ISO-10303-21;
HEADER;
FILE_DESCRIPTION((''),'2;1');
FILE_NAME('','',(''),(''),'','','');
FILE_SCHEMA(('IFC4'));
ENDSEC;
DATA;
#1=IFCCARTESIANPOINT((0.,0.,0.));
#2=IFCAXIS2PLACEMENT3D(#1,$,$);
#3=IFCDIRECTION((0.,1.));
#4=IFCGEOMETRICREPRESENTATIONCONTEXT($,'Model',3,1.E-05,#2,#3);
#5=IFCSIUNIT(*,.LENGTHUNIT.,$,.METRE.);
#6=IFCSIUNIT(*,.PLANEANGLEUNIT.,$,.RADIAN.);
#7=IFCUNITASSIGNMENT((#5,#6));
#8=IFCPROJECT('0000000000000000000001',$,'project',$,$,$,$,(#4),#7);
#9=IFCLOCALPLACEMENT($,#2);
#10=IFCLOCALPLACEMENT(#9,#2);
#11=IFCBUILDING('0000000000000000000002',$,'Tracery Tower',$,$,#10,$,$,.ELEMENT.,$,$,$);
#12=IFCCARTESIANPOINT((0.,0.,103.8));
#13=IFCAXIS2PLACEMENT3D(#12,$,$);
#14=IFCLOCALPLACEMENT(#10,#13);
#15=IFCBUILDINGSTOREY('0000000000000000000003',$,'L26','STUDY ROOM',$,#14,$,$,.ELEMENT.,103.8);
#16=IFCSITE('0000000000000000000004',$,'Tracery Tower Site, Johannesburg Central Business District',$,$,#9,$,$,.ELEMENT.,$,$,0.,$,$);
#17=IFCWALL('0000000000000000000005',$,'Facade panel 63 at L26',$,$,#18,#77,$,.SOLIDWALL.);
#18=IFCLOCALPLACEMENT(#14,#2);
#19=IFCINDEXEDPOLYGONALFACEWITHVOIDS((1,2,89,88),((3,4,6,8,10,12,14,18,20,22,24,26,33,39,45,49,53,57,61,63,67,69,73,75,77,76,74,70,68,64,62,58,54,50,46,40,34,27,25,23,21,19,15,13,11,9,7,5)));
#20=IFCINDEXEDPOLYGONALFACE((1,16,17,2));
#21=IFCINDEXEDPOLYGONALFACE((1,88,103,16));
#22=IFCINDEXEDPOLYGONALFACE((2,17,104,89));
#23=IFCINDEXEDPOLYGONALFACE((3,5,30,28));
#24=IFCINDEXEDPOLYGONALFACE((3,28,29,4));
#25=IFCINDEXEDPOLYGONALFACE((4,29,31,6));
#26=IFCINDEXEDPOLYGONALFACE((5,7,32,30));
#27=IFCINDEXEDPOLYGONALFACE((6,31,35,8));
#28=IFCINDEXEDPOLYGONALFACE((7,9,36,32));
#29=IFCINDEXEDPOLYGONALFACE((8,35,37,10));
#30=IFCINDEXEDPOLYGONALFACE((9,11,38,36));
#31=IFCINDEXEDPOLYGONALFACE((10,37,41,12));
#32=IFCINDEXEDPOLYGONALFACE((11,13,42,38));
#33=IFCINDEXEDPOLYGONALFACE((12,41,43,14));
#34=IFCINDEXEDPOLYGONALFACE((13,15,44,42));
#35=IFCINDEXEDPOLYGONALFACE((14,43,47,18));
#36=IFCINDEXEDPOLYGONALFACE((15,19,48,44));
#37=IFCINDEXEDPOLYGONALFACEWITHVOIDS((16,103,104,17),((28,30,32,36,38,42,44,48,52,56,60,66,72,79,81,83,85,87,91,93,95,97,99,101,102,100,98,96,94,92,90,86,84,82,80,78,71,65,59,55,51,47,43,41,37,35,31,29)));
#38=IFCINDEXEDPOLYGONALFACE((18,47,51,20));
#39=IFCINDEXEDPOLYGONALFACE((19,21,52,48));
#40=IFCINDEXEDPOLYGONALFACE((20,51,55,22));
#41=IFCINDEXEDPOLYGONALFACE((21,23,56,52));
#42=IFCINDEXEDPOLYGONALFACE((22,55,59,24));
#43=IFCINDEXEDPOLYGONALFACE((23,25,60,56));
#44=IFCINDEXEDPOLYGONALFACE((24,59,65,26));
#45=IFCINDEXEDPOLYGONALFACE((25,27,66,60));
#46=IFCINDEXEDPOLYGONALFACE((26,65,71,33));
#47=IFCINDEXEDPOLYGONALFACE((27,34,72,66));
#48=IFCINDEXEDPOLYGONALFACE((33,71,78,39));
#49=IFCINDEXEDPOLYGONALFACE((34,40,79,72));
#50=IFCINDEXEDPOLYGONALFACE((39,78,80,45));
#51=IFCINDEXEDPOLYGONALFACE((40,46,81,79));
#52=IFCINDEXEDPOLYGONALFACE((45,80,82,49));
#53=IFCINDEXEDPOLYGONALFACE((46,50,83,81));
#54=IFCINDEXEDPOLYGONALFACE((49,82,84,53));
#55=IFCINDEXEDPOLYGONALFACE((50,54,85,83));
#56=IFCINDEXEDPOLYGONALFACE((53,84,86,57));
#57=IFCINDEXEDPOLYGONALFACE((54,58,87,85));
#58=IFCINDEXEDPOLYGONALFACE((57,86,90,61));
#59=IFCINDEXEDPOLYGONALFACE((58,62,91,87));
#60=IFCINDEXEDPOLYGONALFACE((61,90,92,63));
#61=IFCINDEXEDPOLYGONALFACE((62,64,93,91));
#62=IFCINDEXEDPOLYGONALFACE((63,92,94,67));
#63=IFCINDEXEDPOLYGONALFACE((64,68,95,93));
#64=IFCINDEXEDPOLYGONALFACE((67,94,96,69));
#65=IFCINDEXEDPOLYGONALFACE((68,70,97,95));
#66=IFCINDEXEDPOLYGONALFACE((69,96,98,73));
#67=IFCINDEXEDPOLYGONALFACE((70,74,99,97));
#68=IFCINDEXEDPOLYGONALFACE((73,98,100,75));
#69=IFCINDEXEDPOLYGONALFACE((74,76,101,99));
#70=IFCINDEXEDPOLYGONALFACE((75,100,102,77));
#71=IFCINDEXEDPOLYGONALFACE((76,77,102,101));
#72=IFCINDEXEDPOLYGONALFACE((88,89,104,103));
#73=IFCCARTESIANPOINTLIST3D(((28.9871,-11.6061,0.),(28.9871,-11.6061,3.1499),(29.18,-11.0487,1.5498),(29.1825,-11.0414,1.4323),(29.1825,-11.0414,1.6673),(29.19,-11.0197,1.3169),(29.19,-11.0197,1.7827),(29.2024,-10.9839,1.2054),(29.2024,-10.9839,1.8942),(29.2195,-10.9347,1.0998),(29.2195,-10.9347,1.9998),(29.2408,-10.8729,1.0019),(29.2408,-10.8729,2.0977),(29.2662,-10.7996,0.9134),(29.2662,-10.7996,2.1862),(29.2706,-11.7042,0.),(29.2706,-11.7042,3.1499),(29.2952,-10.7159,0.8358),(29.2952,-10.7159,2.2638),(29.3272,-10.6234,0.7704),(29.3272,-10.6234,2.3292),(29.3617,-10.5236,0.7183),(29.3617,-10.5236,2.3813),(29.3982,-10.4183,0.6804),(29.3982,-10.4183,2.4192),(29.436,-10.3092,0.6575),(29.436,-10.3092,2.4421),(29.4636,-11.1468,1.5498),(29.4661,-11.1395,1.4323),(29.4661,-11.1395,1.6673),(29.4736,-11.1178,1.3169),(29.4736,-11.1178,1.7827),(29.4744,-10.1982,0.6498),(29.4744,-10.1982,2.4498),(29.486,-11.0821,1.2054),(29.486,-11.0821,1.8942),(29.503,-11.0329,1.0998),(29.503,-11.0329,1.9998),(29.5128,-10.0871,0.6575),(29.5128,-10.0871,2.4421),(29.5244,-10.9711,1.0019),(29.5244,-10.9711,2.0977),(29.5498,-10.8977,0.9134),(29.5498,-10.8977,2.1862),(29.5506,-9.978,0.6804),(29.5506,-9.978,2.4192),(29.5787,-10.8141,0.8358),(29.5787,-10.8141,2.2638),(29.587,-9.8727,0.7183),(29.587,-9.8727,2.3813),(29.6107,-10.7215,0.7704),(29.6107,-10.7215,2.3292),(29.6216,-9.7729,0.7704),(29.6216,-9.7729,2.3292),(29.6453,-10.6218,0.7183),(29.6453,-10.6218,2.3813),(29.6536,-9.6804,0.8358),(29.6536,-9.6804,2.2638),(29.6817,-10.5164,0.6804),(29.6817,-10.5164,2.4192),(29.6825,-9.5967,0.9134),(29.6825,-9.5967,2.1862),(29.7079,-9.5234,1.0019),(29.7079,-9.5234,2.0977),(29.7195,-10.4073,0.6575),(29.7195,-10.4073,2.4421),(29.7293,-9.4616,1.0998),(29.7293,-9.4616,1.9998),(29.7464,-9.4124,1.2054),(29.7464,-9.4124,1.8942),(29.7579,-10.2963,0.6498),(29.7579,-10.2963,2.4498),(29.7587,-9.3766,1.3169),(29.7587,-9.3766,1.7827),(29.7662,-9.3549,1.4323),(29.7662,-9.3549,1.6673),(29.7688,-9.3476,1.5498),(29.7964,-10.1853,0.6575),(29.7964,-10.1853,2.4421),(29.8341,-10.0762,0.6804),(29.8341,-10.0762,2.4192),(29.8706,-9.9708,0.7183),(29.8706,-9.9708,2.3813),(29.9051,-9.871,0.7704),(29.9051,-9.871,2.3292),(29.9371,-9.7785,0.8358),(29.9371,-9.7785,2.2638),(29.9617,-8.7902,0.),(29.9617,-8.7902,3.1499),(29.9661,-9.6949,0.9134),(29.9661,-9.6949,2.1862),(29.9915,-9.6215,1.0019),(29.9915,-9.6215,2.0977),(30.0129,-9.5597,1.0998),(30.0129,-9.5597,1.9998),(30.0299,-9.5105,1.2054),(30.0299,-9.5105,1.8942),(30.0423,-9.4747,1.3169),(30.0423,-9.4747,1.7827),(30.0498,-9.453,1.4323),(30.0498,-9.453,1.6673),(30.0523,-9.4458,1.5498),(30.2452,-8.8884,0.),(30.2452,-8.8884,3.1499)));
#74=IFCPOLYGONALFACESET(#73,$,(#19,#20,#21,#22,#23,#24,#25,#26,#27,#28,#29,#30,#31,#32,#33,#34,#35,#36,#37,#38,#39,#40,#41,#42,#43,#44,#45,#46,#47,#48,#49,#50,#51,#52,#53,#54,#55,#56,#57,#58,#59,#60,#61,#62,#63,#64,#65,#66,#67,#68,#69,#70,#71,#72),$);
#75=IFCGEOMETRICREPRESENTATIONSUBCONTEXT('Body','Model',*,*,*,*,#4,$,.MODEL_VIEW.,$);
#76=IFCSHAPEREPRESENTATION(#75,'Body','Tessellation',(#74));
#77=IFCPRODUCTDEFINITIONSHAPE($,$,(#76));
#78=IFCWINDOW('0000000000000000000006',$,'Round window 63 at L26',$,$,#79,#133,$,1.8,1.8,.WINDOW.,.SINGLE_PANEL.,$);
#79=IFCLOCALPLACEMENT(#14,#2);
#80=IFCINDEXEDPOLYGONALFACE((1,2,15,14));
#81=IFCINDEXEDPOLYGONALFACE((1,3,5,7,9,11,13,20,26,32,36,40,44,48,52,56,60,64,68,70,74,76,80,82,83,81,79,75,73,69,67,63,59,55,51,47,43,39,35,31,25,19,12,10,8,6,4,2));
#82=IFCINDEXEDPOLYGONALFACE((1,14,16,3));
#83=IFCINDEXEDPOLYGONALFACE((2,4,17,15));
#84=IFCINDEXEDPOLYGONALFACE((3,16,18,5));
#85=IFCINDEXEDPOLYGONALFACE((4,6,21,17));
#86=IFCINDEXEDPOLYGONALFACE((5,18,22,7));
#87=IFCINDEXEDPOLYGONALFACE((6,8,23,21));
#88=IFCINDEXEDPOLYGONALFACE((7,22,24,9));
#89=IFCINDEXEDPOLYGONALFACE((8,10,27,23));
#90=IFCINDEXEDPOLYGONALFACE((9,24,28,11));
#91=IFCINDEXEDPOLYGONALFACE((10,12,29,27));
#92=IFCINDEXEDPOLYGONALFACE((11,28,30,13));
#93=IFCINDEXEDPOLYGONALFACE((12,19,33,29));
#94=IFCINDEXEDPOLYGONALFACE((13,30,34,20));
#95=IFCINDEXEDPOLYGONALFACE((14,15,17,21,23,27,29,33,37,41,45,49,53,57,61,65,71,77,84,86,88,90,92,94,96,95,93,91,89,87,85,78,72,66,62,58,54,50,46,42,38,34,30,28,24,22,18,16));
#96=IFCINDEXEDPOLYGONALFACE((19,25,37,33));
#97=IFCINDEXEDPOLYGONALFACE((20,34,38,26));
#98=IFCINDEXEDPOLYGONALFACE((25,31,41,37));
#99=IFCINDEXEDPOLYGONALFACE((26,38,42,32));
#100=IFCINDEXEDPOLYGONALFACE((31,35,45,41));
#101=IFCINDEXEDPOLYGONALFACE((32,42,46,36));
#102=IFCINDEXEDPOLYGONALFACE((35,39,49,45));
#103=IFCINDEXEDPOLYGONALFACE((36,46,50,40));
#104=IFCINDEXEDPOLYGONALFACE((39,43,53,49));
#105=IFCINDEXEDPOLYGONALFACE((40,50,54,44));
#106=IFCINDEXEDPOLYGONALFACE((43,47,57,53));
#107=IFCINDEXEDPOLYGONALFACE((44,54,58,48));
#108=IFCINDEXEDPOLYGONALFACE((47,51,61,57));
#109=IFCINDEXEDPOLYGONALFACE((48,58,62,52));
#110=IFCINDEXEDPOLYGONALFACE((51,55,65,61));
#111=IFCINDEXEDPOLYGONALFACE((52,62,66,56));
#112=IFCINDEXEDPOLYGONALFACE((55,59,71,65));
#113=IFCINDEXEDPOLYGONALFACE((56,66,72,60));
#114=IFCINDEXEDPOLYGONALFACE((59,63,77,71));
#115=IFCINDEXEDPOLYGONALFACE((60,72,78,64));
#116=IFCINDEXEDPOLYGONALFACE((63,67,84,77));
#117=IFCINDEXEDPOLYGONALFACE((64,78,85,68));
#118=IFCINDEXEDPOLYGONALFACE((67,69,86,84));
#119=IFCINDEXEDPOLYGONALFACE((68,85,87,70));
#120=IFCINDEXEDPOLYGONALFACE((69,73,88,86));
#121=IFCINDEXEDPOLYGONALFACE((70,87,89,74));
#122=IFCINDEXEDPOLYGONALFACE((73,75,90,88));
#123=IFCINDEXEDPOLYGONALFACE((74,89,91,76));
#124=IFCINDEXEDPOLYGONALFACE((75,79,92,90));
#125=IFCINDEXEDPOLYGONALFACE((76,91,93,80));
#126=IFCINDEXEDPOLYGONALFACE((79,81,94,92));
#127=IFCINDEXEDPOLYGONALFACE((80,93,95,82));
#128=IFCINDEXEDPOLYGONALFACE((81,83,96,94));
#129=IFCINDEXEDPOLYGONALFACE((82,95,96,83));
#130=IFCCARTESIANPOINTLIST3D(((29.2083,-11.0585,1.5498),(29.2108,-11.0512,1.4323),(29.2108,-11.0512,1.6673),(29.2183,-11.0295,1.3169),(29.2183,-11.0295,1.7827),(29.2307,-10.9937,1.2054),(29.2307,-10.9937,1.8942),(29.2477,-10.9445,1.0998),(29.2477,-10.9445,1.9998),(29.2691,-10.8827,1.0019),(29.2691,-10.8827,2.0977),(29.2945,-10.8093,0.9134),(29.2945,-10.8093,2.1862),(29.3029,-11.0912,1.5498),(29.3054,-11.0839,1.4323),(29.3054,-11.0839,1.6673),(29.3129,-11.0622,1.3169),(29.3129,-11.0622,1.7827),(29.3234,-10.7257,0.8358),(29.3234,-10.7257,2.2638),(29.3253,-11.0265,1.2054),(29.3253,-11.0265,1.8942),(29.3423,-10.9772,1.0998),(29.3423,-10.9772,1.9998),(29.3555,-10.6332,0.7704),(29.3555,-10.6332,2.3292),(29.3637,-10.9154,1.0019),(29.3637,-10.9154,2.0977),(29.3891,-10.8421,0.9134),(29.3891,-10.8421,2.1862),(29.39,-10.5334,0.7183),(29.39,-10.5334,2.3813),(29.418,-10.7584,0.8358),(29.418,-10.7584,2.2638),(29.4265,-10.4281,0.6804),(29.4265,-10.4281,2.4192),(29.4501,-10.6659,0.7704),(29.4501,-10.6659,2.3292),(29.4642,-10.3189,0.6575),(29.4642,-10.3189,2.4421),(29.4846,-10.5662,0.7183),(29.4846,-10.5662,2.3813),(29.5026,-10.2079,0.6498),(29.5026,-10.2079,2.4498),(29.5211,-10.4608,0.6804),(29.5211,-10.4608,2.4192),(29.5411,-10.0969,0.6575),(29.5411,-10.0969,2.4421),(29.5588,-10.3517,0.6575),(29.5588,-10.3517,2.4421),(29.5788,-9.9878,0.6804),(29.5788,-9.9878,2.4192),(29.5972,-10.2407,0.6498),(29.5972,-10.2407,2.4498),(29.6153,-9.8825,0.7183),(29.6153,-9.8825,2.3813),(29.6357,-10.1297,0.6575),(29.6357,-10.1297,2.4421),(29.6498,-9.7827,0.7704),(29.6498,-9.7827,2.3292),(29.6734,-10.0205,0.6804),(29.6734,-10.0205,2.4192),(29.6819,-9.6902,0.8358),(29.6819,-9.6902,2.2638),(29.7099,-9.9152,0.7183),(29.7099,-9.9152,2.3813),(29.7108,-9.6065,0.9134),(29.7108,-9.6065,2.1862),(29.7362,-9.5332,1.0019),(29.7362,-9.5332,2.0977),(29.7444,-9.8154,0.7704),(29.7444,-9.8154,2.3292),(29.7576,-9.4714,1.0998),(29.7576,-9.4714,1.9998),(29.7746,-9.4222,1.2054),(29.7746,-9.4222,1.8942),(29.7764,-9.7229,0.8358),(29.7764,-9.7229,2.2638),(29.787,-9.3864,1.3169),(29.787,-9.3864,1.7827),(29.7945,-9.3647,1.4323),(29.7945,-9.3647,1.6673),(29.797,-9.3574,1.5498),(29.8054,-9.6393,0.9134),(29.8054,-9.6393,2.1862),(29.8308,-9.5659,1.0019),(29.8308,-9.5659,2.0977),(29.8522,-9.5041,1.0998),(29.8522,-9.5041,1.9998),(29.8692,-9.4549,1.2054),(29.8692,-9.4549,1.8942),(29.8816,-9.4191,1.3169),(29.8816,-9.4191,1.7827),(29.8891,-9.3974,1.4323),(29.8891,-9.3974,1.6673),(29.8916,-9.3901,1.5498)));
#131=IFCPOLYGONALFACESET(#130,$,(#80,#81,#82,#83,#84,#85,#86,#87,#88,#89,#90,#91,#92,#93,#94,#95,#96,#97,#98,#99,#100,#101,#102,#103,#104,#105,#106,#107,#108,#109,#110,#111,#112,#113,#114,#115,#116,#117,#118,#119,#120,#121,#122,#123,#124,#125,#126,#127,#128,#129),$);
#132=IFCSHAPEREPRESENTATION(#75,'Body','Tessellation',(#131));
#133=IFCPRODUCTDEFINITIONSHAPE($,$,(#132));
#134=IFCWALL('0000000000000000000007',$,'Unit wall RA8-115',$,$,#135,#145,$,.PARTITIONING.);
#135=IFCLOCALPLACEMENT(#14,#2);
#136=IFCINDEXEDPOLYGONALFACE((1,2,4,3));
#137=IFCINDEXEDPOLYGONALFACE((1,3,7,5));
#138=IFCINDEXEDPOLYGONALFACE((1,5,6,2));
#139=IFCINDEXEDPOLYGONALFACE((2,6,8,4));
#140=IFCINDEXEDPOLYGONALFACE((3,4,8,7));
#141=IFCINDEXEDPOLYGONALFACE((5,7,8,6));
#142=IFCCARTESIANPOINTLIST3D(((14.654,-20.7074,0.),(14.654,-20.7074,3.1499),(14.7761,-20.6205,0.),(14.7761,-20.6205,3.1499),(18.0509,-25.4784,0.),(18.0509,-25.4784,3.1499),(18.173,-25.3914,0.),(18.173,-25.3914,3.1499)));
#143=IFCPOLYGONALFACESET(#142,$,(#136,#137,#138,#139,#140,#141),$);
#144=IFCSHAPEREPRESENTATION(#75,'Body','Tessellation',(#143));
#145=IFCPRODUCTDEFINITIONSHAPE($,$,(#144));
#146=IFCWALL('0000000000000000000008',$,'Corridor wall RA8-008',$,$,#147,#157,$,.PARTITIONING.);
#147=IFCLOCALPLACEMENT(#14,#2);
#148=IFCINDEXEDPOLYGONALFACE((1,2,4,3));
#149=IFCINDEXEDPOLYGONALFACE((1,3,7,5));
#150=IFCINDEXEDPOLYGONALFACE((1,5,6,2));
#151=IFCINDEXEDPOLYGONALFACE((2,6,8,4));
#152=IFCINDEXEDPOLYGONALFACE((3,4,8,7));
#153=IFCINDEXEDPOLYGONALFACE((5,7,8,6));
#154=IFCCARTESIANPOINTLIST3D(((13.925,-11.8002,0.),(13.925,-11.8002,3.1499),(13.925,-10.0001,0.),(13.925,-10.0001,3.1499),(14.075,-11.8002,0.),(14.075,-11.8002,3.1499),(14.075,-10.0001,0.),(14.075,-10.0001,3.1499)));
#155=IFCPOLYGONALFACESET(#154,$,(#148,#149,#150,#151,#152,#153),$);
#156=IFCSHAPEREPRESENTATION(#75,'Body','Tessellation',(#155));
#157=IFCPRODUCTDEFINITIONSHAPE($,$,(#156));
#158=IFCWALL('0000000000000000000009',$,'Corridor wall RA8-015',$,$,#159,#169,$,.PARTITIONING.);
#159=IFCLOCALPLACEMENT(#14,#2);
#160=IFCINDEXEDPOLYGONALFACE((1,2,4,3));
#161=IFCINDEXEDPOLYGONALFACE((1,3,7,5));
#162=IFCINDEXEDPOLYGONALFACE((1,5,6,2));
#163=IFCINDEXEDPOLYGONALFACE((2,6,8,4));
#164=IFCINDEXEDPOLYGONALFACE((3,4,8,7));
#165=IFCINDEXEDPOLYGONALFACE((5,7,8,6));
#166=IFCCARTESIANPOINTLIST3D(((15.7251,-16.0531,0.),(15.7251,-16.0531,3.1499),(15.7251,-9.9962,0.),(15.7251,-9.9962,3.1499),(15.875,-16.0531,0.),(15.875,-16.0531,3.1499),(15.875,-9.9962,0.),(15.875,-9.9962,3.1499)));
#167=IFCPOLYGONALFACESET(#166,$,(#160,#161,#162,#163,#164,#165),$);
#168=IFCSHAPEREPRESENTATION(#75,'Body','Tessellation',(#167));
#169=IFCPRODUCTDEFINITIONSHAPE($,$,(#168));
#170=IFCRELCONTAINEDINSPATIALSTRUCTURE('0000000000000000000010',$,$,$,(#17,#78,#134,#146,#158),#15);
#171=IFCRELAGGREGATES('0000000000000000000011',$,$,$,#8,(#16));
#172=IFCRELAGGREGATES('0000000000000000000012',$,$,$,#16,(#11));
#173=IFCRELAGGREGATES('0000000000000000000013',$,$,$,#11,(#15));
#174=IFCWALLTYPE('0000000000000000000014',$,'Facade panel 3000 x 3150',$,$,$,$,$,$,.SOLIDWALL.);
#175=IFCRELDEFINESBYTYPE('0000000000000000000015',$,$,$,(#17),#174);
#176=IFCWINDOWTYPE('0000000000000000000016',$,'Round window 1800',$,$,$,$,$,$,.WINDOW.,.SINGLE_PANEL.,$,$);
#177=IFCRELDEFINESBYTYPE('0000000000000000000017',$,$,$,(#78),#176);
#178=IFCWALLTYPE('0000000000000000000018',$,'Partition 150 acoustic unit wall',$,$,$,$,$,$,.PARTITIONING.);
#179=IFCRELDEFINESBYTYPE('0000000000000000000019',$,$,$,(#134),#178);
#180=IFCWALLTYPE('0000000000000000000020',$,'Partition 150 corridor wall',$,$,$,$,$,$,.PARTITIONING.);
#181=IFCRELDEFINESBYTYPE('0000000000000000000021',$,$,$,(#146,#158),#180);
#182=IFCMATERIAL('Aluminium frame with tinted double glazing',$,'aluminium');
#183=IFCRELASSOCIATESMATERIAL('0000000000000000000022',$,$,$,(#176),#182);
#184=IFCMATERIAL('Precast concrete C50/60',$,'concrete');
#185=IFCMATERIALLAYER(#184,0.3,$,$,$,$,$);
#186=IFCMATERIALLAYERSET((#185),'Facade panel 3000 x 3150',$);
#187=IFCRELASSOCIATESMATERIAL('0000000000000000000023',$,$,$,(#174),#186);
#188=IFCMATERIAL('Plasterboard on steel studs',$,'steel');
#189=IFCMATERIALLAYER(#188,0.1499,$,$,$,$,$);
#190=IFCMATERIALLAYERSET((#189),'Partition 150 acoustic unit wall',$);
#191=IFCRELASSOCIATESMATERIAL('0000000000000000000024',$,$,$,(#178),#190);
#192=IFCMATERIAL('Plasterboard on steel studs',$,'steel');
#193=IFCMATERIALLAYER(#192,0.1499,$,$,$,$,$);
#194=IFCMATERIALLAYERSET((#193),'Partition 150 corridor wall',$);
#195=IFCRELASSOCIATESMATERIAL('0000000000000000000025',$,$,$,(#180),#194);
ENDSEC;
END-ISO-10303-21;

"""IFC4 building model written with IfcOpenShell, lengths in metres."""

from ifc_helpers import new_model, si_unit, direction, frame, frame_2d, origin, origin_2d, place, context, subcontext, project, spatial, rectangle, circle, extrude, material, layer, layer_set, type_object, element, fill, save


model = new_model("IFC4")

# Units and contexts
model_context = context("Model", 3, precision=1e-05, world=origin(), true_north=direction((0.0, 1.0)))
body_context = subcontext(model_context, "Body", "Model", "MODEL_VIEW")
ifc_project = project(units=[si_unit("LENGTHUNIT", "METRE"), si_unit("PLANEANGLEUNIT", "RADIAN")], contexts=[model_context])

# Site, building, storey
site_placement = place(None, origin())
site = spatial("IfcSite", under=ifc_project, at=site_placement, Name="Tracery Tower Site, Johannesburg Central Business District", CompositionType="ELEMENT", RefElevation=0.0)
building_placement = place(site_placement, origin())
building = spatial("IfcBuilding", under=site, at=building_placement, Name="Tracery Tower", CompositionType="ELEMENT")
storey_placement = place(building_placement, frame((0.0, 0.0, 103.8)))
storey = spatial("IfcBuildingStorey", under=building, at=storey_placement, Name="L26", Description="STUDY ROOM", CompositionType="ELEMENT", Elevation=103.8)

# Wall, opening, window
ifc_material_1 = material(Name="Aluminium frame with tinted double glazing", Category="aluminium")
window_type = type_object("IfcWindowType", Name="Round window 1800", PartitioningType="SINGLE_PANEL", PredefinedType="WINDOW", material=ifc_material_1)
ifc_material_2 = material(Name="Precast concrete C50/60", Category="concrete")
ifc_layer_1 = layer(ifc_material_2, 0.3)
ifc_layer_set_1 = layer_set([ifc_layer_1], Name="Facade panel 3000 x 3150")
wall_type_1 = type_object("IfcWallType", Name="Facade panel 3000 x 3150", PredefinedType="SOLIDWALL", material=ifc_layer_set_1)
wall_1_placement = place(storey_placement, frame((29.1289, -11.655, 0.0), z_axis=(0.0, 0.0, 1.0), x_axis=(0.327071, 0.945, 0.0)))
wall_1 = element("IfcWall", 1, at=wall_1_placement, inside=storey, type_object=wall_type_1, Name="Facade panel 63 at L26", PredefinedType="SOLIDWALL", context=body_context, shape_type="SweptSolid", body=[
    extrude(rectangle(XDim=2.9797, YDim=0.3, at=frame_2d((1.4897, 0.0))), origin(), (0.0, 0.0, 1.0), 3.1499),
])
opening_1_placement = place(wall_1_placement, frame((1.4897, 0.0, 1.5498)))
opening_1 = element("IfcOpeningElement", 2, at=opening_1_placement, cuts=wall_1, PredefinedType="OPENING", context=body_context, shape_type="SweptSolid", body=[
    extrude(circle(Radius=0.9, at=origin_2d()), frame((0.0, 0.1599, 0.0), z_axis=(0.0, -1.0, 0.0), x_axis=(1.0, 0.0, 0.0)), (0.0, 0.0, 1.0), 0.3201),
])
window_1_placement = place(opening_1_placement, origin())
window_1 = element("IfcWindow", 3, at=window_1_placement, inside=storey, type_object=window_type, Name="Round window 63 at L26", OverallHeight=1.8, OverallWidth=1.8, PartitioningType="SINGLE_PANEL", PredefinedType="WINDOW", context=body_context, shape_type="SweptSolid", body=[
    extrude(circle(Radius=0.9, at=origin_2d()), frame((0.0, 0.1201, 0.0), z_axis=(0.0, -1.0, 0.0), x_axis=(1.0, 0.0, 0.0)), (0.0, 0.0, 1.0), 0.1001),
])
fill(opening_1, window_1)

# Walls
ifc_material_3 = material(Name="Plasterboard on steel studs", Category="steel")
ifc_layer_2 = layer(ifc_material_3, 0.1499)
ifc_layer_set_2 = layer_set([ifc_layer_2], Name="Partition 150 acoustic unit wall")
wall_type_2 = type_object("IfcWallType", Name="Partition 150 acoustic unit wall", PredefinedType="PARTITIONING", material=ifc_layer_set_2)
wall_2_placement = place(storey_placement, frame((14.7151, -20.6641, 0.0), z_axis=(0.0, 0.0, 1.0), x_axis=(0.580007, -0.814611, 0.0)))
element("IfcWall", 4, at=wall_2_placement, inside=storey, type_object=wall_type_2, Name="Unit wall RA8-115", PredefinedType="PARTITIONING", context=body_context, shape_type="SweptSolid", body=[
    extrude(rectangle(XDim=5.8567, YDim=0.1499, at=frame_2d((2.9282, 0.0))), origin(), (0.0, 0.0, 1.0), 3.1499),
])
ifc_material_4 = material(Name="Plasterboard on steel studs", Category="steel")
ifc_layer_3 = layer(ifc_material_4, 0.1499)
ifc_layer_set_3 = layer_set([ifc_layer_3], Name="Partition 150 corridor wall")
wall_type_3 = type_object("IfcWallType", Name="Partition 150 corridor wall", PredefinedType="PARTITIONING", material=ifc_layer_set_3)
wall_3_placement = place(storey_placement, frame((14.0, -11.8, 0.0), z_axis=(0.0, 0.0, 1.0), x_axis=(0.0, 1.0, 0.0)))
element("IfcWall", 5, at=wall_3_placement, inside=storey, type_object=wall_type_3, Name="Corridor wall RA8-008", PredefinedType="PARTITIONING", context=body_context, shape_type="SweptSolid", body=[
    extrude(rectangle(XDim=1.8, YDim=0.1499, at=frame_2d((0.8999, 0.0))), origin(), (0.0, 0.0, 1.0), 3.1499),
])
wall_4_placement = place(storey_placement, frame((15.8, -16.053, 0.0), z_axis=(0.0, 0.0, 1.0), x_axis=(0.0, 1.0, 0.0)))
element("IfcWall", 6, at=wall_4_placement, inside=storey, type_object=wall_type_3, Name="Corridor wall RA8-015", PredefinedType="PARTITIONING", context=body_context, shape_type="SweptSolid", body=[
    extrude(rectangle(XDim=6.0569, YDim=0.1499, at=frame_2d((3.0283, 0.0))), origin(), (0.0, 0.0, 1.0), 3.1499),
])

save(model, "model.ifc")
